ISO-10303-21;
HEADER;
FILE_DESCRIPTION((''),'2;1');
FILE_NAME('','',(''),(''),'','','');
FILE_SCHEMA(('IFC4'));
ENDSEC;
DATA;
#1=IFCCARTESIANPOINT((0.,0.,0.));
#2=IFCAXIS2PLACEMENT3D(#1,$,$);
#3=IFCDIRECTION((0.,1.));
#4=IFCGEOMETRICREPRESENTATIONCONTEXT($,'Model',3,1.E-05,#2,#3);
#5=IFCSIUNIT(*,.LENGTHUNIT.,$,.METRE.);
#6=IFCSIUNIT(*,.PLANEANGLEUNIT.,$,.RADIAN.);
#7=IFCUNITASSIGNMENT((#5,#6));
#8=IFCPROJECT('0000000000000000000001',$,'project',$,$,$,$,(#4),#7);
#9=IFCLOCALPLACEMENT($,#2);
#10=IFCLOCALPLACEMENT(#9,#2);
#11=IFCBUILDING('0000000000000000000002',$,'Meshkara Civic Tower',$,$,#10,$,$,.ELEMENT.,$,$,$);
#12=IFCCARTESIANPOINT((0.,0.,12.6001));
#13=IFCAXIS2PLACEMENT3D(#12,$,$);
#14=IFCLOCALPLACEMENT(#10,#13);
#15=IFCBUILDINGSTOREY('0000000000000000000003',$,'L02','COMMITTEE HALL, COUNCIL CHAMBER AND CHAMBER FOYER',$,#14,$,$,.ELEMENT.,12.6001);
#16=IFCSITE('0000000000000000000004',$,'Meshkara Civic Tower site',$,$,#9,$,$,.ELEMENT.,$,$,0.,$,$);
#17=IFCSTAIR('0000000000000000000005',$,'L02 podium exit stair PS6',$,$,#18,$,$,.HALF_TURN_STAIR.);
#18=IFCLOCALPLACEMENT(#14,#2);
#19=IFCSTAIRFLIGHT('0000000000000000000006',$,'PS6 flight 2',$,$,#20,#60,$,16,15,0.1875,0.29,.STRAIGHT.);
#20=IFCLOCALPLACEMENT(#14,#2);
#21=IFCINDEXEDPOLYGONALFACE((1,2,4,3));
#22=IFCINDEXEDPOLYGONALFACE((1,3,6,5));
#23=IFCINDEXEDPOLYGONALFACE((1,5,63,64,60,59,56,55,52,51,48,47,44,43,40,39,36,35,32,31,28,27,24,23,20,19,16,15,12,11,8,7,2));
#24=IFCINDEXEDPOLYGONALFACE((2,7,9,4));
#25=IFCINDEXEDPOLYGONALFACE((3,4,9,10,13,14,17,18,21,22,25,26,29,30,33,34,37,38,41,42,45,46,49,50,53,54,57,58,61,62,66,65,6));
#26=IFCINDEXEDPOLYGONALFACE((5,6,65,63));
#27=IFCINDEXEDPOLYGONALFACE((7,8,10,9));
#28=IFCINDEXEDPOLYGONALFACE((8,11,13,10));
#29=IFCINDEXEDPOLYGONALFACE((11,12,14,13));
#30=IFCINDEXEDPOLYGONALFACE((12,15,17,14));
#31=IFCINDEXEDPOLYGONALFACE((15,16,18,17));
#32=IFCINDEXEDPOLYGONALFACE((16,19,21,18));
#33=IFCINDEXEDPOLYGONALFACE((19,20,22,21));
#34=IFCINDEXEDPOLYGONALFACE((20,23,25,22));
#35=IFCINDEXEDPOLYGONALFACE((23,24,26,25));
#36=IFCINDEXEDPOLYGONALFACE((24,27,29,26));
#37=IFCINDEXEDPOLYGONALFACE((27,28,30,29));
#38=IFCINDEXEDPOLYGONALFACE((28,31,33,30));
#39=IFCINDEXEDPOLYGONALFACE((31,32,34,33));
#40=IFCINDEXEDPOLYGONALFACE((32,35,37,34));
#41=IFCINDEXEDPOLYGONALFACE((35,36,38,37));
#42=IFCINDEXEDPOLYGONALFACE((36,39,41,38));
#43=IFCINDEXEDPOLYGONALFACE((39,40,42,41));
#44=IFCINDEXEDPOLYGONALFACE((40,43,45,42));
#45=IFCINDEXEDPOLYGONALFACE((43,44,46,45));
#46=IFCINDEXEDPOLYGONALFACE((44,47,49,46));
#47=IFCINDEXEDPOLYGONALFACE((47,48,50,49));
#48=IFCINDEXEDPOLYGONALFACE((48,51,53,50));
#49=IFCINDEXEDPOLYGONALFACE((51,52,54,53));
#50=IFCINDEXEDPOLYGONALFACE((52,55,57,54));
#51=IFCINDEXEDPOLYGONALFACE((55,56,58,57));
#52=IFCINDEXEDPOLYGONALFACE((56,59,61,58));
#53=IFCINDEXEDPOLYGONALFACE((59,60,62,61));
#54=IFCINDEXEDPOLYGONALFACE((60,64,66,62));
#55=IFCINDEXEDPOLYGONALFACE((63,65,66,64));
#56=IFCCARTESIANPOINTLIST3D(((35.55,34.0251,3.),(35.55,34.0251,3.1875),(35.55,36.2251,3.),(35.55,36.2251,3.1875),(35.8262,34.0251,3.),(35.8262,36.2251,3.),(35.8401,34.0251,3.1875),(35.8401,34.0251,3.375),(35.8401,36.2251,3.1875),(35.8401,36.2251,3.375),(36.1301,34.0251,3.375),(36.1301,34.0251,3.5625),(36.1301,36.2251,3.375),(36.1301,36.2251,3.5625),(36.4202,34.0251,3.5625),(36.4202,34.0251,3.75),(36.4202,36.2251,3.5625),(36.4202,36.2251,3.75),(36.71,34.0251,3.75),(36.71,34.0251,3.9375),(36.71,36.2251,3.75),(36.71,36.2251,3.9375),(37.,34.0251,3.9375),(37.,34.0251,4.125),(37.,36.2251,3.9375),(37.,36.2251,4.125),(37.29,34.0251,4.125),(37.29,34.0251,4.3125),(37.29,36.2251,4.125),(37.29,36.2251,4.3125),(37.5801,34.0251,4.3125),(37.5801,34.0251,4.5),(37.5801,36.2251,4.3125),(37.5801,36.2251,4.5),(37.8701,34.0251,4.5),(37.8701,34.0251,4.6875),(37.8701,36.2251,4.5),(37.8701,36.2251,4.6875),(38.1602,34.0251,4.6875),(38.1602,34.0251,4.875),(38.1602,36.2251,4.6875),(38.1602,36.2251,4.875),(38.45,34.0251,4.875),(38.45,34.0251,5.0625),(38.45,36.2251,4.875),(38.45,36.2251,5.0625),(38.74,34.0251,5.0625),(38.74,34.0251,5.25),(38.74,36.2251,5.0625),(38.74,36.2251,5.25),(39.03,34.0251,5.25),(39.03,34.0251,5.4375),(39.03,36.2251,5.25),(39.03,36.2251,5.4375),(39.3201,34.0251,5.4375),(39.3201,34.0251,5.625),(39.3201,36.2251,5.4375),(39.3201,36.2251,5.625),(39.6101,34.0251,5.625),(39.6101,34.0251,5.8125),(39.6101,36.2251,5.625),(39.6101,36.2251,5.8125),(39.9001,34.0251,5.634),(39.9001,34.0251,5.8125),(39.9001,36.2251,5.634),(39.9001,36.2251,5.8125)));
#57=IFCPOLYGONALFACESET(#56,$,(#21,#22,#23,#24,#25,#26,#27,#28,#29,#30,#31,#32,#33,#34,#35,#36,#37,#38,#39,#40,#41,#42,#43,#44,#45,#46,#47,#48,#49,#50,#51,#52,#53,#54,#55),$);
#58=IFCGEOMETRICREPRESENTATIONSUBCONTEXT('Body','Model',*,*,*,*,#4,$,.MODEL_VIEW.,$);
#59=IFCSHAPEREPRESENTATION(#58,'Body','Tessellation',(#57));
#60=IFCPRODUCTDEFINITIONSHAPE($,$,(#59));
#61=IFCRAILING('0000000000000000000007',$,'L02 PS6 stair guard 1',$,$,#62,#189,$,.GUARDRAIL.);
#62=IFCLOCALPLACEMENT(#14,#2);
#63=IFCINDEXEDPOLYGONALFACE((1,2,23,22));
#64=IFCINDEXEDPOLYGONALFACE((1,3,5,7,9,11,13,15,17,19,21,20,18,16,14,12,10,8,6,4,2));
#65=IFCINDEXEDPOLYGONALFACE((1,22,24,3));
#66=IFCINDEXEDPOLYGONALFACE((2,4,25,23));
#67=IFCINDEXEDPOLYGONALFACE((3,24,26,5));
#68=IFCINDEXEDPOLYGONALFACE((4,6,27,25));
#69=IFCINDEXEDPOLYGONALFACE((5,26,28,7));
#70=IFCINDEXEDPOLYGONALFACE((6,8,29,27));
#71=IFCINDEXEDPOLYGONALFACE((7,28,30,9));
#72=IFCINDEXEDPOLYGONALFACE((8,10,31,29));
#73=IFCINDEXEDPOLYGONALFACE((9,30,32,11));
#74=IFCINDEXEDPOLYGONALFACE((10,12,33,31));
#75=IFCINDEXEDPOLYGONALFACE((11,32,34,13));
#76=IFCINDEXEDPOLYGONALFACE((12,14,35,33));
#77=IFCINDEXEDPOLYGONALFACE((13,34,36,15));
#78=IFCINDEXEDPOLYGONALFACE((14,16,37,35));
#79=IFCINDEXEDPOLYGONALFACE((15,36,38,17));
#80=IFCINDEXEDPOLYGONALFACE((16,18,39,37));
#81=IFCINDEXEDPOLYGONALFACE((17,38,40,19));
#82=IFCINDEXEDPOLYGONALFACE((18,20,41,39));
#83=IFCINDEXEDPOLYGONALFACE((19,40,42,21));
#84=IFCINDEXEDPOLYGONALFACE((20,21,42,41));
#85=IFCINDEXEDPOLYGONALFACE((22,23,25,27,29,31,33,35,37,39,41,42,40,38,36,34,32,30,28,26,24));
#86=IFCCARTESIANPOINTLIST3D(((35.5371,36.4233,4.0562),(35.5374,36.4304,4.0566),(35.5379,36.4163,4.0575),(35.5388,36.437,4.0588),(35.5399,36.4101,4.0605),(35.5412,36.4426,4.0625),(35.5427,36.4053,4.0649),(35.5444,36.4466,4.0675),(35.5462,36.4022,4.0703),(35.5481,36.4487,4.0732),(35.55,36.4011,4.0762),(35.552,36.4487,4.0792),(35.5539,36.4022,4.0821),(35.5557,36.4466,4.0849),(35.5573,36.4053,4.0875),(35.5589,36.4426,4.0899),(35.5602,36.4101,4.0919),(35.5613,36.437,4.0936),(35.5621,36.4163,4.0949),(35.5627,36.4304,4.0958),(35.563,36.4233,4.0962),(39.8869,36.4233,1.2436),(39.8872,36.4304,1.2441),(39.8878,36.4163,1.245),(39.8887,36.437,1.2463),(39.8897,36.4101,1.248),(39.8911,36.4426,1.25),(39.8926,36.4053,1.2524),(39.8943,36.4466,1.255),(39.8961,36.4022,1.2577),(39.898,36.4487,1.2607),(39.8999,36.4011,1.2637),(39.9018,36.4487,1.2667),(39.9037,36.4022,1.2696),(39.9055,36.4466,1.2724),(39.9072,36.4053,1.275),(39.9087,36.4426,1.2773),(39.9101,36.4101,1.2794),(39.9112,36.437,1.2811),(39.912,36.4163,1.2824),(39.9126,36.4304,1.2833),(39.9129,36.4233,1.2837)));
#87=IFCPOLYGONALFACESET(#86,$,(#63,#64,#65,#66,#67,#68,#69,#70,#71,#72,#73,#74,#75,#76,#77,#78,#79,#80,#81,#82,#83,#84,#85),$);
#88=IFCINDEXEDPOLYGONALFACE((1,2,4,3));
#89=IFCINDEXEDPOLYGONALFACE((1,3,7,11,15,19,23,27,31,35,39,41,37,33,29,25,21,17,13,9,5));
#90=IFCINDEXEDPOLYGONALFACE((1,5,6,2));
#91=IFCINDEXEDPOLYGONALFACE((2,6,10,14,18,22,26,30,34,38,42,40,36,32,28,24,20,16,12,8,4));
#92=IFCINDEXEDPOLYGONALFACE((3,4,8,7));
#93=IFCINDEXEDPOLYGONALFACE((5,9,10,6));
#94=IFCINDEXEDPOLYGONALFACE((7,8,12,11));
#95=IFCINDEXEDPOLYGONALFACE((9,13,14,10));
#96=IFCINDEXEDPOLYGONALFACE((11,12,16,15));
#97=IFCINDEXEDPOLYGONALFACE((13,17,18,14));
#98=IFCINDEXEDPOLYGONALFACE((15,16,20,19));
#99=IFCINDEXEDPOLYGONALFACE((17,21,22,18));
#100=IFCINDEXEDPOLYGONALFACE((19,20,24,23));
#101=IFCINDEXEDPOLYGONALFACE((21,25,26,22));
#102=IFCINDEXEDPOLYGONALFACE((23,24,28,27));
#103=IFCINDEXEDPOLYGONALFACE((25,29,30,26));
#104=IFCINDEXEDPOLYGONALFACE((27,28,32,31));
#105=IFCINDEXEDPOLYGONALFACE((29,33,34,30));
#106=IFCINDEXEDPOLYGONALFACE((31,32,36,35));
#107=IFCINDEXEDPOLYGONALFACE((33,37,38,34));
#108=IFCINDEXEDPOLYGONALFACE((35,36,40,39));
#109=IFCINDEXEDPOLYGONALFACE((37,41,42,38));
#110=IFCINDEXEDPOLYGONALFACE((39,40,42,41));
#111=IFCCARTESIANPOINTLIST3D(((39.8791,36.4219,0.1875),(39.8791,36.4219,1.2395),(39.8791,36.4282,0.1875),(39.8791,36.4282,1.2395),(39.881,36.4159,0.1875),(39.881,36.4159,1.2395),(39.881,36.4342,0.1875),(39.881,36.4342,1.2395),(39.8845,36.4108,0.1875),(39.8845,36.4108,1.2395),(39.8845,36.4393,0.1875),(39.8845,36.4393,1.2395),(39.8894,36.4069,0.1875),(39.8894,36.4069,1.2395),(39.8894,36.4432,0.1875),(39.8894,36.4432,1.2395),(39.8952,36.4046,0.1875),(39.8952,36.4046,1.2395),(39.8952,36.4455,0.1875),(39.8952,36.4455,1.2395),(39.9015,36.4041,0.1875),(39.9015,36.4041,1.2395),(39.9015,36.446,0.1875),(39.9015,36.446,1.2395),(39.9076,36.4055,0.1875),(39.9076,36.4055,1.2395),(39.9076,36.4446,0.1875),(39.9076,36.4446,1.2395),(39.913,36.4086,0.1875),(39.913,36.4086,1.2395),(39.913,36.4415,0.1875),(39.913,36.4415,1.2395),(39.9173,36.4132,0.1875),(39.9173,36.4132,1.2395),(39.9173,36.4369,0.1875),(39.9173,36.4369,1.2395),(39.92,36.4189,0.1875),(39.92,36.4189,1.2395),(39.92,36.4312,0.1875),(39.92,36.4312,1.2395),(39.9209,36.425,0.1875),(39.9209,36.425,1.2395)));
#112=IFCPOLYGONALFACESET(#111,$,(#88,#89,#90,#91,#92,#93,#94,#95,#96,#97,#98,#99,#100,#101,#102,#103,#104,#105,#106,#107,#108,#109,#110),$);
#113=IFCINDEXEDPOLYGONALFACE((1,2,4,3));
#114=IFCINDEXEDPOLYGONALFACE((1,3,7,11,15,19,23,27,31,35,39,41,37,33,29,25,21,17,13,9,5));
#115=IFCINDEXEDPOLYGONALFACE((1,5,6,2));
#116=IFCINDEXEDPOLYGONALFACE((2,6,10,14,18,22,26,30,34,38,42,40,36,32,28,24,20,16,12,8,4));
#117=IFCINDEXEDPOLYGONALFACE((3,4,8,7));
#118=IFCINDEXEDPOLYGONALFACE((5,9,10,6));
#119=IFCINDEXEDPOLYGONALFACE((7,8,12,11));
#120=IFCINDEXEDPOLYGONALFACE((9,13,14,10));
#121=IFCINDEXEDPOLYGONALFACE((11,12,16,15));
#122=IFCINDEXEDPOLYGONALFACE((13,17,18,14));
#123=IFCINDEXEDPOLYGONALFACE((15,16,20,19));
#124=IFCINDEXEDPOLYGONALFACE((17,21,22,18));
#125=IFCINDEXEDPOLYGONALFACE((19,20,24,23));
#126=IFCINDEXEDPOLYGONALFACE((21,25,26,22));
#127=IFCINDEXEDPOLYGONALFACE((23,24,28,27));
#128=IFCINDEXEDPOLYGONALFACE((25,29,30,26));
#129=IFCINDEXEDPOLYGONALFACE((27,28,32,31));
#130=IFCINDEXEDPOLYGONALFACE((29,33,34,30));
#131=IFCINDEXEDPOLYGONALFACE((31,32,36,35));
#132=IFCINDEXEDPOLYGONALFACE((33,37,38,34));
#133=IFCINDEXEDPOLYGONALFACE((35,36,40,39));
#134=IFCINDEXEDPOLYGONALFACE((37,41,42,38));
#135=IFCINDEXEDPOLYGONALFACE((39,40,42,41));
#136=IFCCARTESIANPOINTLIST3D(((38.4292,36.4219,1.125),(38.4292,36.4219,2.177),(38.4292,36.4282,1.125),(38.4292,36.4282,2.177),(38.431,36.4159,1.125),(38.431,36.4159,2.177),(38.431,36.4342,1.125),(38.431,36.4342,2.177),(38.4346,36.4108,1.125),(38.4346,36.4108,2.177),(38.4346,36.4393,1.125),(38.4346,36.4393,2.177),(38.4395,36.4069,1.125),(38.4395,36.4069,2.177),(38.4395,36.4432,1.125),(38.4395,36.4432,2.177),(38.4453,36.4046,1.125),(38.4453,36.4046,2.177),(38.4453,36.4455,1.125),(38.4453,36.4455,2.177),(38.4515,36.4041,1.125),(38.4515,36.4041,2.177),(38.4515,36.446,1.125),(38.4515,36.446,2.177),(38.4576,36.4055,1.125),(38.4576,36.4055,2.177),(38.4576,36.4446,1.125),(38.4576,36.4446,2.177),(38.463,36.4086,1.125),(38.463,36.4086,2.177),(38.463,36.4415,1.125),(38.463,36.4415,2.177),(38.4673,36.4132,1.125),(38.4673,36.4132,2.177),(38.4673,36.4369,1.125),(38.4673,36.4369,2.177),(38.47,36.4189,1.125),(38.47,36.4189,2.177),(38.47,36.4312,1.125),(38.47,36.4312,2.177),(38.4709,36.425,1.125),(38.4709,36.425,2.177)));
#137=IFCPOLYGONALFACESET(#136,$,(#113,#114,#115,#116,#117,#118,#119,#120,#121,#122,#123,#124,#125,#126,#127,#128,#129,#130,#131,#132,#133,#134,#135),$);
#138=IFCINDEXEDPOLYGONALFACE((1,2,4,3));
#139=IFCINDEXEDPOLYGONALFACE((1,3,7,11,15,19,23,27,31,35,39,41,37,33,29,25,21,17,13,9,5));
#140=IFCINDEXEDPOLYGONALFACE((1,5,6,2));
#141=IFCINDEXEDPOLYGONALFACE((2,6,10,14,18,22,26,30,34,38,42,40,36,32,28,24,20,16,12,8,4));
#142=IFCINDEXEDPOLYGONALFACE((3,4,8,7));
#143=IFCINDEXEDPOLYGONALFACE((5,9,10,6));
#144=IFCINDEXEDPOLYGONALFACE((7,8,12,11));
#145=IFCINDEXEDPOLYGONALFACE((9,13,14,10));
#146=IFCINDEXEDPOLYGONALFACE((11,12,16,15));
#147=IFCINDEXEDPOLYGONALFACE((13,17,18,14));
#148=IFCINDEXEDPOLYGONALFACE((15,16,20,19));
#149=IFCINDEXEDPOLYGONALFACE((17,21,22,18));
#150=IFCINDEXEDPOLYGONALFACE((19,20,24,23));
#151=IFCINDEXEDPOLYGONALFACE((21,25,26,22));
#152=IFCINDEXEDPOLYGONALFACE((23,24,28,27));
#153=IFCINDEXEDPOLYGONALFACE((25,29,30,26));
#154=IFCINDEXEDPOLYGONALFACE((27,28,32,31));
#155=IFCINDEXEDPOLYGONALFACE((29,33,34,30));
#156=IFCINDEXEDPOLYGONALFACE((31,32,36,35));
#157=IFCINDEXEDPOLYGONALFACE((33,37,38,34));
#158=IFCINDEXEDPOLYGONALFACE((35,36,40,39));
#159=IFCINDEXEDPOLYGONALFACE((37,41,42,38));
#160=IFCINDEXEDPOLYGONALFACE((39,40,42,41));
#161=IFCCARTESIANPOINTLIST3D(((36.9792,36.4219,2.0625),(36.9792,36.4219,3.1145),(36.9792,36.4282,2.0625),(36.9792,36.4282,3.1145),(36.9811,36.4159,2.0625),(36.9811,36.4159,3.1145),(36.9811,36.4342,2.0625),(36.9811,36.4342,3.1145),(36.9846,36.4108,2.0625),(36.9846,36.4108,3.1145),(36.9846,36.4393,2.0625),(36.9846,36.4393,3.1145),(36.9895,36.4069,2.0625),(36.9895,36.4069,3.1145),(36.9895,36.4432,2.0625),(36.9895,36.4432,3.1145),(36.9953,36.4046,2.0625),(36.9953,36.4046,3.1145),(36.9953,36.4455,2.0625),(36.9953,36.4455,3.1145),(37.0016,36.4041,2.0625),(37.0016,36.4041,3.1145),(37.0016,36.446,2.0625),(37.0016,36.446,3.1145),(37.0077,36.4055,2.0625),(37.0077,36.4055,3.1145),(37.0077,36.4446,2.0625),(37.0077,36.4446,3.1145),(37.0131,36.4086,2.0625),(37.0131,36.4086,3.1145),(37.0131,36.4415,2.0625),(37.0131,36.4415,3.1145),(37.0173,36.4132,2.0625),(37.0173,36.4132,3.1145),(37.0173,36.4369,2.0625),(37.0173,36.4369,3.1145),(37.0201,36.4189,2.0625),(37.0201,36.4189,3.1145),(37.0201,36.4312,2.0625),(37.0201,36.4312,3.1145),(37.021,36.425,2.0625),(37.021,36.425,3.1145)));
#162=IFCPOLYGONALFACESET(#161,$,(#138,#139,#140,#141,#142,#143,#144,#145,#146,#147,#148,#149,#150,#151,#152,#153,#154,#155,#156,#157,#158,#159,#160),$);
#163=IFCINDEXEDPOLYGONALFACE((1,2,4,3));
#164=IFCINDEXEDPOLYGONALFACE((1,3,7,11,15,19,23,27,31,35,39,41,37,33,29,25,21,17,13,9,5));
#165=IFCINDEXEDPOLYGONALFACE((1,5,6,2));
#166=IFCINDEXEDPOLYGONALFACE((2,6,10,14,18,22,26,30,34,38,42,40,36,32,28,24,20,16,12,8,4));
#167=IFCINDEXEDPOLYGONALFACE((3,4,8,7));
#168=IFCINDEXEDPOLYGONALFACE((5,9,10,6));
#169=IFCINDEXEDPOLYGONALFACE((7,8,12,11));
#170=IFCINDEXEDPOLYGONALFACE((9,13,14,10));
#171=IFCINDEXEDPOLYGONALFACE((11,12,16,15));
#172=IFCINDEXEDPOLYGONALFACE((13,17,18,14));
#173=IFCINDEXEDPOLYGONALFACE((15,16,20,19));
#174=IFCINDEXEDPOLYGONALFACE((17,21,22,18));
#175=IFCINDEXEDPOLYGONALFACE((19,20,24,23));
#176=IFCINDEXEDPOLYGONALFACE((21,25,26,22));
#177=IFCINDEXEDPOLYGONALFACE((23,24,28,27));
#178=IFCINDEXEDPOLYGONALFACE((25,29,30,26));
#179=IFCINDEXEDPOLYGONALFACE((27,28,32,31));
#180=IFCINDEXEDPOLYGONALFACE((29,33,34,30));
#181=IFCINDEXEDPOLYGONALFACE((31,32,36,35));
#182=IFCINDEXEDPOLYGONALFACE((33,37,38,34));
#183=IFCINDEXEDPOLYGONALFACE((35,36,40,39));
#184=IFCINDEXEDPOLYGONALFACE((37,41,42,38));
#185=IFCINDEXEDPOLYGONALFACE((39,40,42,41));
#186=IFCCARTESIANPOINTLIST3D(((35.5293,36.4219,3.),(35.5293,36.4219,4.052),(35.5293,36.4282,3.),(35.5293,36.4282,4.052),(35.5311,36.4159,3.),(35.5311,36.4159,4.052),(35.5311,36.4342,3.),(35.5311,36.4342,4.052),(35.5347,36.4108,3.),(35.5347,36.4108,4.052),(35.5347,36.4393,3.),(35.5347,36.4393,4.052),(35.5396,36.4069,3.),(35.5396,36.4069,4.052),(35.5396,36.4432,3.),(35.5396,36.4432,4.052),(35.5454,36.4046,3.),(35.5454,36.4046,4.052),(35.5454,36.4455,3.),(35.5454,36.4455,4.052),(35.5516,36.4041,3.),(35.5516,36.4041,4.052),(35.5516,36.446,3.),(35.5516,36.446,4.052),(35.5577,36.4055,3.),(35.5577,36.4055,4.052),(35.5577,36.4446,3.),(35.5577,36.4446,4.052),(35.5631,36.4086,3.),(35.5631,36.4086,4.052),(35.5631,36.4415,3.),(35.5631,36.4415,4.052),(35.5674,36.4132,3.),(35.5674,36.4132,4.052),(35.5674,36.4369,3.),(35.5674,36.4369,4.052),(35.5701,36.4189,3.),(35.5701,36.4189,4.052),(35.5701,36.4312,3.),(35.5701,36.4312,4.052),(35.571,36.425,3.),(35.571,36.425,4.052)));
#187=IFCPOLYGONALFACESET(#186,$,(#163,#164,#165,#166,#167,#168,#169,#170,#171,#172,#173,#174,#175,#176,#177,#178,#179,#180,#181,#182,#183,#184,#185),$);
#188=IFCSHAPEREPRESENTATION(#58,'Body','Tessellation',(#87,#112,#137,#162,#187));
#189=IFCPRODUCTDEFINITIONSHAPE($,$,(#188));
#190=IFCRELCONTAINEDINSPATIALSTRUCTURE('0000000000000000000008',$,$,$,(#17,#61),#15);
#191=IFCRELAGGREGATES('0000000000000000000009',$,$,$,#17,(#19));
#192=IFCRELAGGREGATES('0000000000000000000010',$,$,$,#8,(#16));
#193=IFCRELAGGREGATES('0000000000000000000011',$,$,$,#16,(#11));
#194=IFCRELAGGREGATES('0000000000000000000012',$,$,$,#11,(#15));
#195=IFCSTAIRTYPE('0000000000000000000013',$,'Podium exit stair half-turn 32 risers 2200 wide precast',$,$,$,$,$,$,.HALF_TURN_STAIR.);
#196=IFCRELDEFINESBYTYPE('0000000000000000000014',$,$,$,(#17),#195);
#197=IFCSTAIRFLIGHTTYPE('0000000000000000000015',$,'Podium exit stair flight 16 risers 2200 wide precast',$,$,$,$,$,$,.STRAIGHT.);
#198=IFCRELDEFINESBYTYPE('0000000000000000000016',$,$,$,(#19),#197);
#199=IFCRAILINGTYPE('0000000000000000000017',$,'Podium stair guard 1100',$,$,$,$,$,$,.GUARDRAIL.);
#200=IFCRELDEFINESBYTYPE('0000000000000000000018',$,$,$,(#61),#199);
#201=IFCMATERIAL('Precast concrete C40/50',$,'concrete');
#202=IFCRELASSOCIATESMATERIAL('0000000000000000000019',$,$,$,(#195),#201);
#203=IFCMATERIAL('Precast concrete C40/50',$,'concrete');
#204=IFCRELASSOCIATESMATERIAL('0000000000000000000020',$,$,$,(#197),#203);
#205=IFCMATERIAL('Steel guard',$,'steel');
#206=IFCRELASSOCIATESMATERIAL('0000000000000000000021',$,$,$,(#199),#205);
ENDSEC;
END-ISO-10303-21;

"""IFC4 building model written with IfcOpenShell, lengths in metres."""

from ifc_helpers import new_model, si_unit, direction, frame, origin, origin_2d, place, context, subcontext, project, spatial, polyline, circle, outline, extrude, material, type_object, element, aggregate, save


model = new_model("IFC4")

# Units and contexts
model_context = context("Model", 3, precision=1e-05, world=origin(), true_north=direction((0.0, 1.0)))
body_context = subcontext(model_context, "Body", "Model", "MODEL_VIEW")
ifc_project = project(units=[si_unit("LENGTHUNIT", "METRE"), si_unit("PLANEANGLEUNIT", "RADIAN")], contexts=[model_context])

# Site, building, storey
site_placement = place(None, origin())
site = spatial("IfcSite", under=ifc_project, at=site_placement, Name="Meshkara Civic Tower site", CompositionType="ELEMENT", RefElevation=0.0)
building_placement = place(site_placement, origin())
building = spatial("IfcBuilding", under=site, at=building_placement, Name="Meshkara Civic Tower", CompositionType="ELEMENT")
storey_placement = place(building_placement, frame((0.0, 0.0, 12.6001)))
storey = spatial("IfcBuildingStorey", under=building, at=storey_placement, Name="L02", Description="COMMITTEE HALL, COUNCIL CHAMBER AND CHAMBER FOYER", CompositionType="ELEMENT", Elevation=12.6001)

# Stair, stair flight
ifc_material_1 = material(Name="Precast concrete C40/50", Category="concrete")
stair_type = type_object("IfcStairType", Name="Podium exit stair half-turn 32 risers 2200 wide precast", PredefinedType="HALF_TURN_STAIR", material=ifc_material_1)
stair_placement = place(storey_placement, origin())
stair = element("IfcStair", 1, at=stair_placement, inside=storey, type_object=stair_type, Name="L02 podium exit stair PS6", PredefinedType="HALF_TURN_STAIR")
ifc_material_2 = material(Name="Precast concrete C40/50", Category="concrete")
stair_flight_type = type_object("IfcStairFlightType", Name="Podium exit stair flight 16 risers 2200 wide precast", PredefinedType="STRAIGHT", material=ifc_material_2)
stair_flight_1_placement = place(storey_placement, frame((35.55, 35.125, 3.0), z_axis=(0.0, 0.0, 1.0), x_axis=(1.0, 0.0, 0.0)))
stair_flight_1 = element("IfcStairFlight", 2, at=stair_flight_1_placement, type_object=stair_flight_type, Name="PS6 flight 2", NumberOfRisers=16, NumberOfTreads=15, PredefinedType="STRAIGHT", RiserHeight=0.1875, TreadLength=0.29, context=body_context, shape_type="SweptSolid", body=[
    extrude(outline(polyline([(0.0, 0.0), (0.0, 0.1875), (0.29, 0.1875), (0.29, 0.375), (0.5801, 0.375), (0.5801, 0.5625), (0.8701, 0.5625), (0.8701, 0.75), (1.1599, 0.75), (1.1599, 0.9375), (1.45, 0.9375), (1.45, 1.125), (1.74, 1.125), (1.74, 1.3125), (2.03, 1.3125), (2.03, 1.5), (2.3201, 1.5), (2.3201, 1.6875), (2.6101, 1.6875), (2.6101, 1.875), (2.8999, 1.875), (2.8999, 2.0625), (3.1899, 2.0625), (3.1899, 2.25), (3.48, 2.25), (3.48, 2.4375), (3.77, 2.4375), (3.77, 2.625), (4.0601, 2.625), (4.0601, 2.8125), (4.3501, 2.8125), (4.3501, 3.0), (4.3501, 2.634), (0.2761, 0.0), (0.0, 0.0)])), frame((0.0, 1.1001, 0.0), z_axis=(0.0, -1.0, 0.0), x_axis=(1.0, 0.0, 0.0)), (0.0, 0.0, 1.0), 2.2),
])
aggregate(stair, [stair_flight_1])

# Railing
ifc_material_3 = material(Name="Steel guard", Category="steel")
railing_type_1 = type_object("IfcRailingType", Name="Podium stair guard 1100", PredefinedType="GUARDRAIL", material=ifc_material_3)
railing_1_placement = place(storey_placement, frame((39.8999, 36.425, 0.1875)))
element("IfcRailing", 3, at=railing_1_placement, inside=storey, type_object=railing_type_1, Name="L02 PS6 stair guard 1", PredefinedType="GUARDRAIL", context=body_context, shape_type="SweptSolid", body=[
    extrude(circle(Radius=0.0239, at=origin_2d()), frame((0.0, 0.0, 1.0762), z_axis=(-0.839756, 0.0, 0.542964), x_axis=(0.0, -1.0, 0.0)), (0.0, 0.0, 1.0), 5.1799),
    extrude(circle(Radius=0.021, at=origin_2d()), origin(), (0.0, 0.0, 1.0), 1.052),
    extrude(circle(Radius=0.021, at=origin_2d()), frame((-1.45, 0.0, 0.9375)), (0.0, 0.0, 1.0), 1.052),
    extrude(circle(Radius=0.021, at=origin_2d()), frame((-2.8999, 0.0, 1.875)), (0.0, 0.0, 1.0), 1.052),
    extrude(circle(Radius=0.021, at=origin_2d()), frame((-4.3499, 0.0, 2.8125)), (0.0, 0.0, 1.0), 1.052),
])

save(model, "model.ifc")
